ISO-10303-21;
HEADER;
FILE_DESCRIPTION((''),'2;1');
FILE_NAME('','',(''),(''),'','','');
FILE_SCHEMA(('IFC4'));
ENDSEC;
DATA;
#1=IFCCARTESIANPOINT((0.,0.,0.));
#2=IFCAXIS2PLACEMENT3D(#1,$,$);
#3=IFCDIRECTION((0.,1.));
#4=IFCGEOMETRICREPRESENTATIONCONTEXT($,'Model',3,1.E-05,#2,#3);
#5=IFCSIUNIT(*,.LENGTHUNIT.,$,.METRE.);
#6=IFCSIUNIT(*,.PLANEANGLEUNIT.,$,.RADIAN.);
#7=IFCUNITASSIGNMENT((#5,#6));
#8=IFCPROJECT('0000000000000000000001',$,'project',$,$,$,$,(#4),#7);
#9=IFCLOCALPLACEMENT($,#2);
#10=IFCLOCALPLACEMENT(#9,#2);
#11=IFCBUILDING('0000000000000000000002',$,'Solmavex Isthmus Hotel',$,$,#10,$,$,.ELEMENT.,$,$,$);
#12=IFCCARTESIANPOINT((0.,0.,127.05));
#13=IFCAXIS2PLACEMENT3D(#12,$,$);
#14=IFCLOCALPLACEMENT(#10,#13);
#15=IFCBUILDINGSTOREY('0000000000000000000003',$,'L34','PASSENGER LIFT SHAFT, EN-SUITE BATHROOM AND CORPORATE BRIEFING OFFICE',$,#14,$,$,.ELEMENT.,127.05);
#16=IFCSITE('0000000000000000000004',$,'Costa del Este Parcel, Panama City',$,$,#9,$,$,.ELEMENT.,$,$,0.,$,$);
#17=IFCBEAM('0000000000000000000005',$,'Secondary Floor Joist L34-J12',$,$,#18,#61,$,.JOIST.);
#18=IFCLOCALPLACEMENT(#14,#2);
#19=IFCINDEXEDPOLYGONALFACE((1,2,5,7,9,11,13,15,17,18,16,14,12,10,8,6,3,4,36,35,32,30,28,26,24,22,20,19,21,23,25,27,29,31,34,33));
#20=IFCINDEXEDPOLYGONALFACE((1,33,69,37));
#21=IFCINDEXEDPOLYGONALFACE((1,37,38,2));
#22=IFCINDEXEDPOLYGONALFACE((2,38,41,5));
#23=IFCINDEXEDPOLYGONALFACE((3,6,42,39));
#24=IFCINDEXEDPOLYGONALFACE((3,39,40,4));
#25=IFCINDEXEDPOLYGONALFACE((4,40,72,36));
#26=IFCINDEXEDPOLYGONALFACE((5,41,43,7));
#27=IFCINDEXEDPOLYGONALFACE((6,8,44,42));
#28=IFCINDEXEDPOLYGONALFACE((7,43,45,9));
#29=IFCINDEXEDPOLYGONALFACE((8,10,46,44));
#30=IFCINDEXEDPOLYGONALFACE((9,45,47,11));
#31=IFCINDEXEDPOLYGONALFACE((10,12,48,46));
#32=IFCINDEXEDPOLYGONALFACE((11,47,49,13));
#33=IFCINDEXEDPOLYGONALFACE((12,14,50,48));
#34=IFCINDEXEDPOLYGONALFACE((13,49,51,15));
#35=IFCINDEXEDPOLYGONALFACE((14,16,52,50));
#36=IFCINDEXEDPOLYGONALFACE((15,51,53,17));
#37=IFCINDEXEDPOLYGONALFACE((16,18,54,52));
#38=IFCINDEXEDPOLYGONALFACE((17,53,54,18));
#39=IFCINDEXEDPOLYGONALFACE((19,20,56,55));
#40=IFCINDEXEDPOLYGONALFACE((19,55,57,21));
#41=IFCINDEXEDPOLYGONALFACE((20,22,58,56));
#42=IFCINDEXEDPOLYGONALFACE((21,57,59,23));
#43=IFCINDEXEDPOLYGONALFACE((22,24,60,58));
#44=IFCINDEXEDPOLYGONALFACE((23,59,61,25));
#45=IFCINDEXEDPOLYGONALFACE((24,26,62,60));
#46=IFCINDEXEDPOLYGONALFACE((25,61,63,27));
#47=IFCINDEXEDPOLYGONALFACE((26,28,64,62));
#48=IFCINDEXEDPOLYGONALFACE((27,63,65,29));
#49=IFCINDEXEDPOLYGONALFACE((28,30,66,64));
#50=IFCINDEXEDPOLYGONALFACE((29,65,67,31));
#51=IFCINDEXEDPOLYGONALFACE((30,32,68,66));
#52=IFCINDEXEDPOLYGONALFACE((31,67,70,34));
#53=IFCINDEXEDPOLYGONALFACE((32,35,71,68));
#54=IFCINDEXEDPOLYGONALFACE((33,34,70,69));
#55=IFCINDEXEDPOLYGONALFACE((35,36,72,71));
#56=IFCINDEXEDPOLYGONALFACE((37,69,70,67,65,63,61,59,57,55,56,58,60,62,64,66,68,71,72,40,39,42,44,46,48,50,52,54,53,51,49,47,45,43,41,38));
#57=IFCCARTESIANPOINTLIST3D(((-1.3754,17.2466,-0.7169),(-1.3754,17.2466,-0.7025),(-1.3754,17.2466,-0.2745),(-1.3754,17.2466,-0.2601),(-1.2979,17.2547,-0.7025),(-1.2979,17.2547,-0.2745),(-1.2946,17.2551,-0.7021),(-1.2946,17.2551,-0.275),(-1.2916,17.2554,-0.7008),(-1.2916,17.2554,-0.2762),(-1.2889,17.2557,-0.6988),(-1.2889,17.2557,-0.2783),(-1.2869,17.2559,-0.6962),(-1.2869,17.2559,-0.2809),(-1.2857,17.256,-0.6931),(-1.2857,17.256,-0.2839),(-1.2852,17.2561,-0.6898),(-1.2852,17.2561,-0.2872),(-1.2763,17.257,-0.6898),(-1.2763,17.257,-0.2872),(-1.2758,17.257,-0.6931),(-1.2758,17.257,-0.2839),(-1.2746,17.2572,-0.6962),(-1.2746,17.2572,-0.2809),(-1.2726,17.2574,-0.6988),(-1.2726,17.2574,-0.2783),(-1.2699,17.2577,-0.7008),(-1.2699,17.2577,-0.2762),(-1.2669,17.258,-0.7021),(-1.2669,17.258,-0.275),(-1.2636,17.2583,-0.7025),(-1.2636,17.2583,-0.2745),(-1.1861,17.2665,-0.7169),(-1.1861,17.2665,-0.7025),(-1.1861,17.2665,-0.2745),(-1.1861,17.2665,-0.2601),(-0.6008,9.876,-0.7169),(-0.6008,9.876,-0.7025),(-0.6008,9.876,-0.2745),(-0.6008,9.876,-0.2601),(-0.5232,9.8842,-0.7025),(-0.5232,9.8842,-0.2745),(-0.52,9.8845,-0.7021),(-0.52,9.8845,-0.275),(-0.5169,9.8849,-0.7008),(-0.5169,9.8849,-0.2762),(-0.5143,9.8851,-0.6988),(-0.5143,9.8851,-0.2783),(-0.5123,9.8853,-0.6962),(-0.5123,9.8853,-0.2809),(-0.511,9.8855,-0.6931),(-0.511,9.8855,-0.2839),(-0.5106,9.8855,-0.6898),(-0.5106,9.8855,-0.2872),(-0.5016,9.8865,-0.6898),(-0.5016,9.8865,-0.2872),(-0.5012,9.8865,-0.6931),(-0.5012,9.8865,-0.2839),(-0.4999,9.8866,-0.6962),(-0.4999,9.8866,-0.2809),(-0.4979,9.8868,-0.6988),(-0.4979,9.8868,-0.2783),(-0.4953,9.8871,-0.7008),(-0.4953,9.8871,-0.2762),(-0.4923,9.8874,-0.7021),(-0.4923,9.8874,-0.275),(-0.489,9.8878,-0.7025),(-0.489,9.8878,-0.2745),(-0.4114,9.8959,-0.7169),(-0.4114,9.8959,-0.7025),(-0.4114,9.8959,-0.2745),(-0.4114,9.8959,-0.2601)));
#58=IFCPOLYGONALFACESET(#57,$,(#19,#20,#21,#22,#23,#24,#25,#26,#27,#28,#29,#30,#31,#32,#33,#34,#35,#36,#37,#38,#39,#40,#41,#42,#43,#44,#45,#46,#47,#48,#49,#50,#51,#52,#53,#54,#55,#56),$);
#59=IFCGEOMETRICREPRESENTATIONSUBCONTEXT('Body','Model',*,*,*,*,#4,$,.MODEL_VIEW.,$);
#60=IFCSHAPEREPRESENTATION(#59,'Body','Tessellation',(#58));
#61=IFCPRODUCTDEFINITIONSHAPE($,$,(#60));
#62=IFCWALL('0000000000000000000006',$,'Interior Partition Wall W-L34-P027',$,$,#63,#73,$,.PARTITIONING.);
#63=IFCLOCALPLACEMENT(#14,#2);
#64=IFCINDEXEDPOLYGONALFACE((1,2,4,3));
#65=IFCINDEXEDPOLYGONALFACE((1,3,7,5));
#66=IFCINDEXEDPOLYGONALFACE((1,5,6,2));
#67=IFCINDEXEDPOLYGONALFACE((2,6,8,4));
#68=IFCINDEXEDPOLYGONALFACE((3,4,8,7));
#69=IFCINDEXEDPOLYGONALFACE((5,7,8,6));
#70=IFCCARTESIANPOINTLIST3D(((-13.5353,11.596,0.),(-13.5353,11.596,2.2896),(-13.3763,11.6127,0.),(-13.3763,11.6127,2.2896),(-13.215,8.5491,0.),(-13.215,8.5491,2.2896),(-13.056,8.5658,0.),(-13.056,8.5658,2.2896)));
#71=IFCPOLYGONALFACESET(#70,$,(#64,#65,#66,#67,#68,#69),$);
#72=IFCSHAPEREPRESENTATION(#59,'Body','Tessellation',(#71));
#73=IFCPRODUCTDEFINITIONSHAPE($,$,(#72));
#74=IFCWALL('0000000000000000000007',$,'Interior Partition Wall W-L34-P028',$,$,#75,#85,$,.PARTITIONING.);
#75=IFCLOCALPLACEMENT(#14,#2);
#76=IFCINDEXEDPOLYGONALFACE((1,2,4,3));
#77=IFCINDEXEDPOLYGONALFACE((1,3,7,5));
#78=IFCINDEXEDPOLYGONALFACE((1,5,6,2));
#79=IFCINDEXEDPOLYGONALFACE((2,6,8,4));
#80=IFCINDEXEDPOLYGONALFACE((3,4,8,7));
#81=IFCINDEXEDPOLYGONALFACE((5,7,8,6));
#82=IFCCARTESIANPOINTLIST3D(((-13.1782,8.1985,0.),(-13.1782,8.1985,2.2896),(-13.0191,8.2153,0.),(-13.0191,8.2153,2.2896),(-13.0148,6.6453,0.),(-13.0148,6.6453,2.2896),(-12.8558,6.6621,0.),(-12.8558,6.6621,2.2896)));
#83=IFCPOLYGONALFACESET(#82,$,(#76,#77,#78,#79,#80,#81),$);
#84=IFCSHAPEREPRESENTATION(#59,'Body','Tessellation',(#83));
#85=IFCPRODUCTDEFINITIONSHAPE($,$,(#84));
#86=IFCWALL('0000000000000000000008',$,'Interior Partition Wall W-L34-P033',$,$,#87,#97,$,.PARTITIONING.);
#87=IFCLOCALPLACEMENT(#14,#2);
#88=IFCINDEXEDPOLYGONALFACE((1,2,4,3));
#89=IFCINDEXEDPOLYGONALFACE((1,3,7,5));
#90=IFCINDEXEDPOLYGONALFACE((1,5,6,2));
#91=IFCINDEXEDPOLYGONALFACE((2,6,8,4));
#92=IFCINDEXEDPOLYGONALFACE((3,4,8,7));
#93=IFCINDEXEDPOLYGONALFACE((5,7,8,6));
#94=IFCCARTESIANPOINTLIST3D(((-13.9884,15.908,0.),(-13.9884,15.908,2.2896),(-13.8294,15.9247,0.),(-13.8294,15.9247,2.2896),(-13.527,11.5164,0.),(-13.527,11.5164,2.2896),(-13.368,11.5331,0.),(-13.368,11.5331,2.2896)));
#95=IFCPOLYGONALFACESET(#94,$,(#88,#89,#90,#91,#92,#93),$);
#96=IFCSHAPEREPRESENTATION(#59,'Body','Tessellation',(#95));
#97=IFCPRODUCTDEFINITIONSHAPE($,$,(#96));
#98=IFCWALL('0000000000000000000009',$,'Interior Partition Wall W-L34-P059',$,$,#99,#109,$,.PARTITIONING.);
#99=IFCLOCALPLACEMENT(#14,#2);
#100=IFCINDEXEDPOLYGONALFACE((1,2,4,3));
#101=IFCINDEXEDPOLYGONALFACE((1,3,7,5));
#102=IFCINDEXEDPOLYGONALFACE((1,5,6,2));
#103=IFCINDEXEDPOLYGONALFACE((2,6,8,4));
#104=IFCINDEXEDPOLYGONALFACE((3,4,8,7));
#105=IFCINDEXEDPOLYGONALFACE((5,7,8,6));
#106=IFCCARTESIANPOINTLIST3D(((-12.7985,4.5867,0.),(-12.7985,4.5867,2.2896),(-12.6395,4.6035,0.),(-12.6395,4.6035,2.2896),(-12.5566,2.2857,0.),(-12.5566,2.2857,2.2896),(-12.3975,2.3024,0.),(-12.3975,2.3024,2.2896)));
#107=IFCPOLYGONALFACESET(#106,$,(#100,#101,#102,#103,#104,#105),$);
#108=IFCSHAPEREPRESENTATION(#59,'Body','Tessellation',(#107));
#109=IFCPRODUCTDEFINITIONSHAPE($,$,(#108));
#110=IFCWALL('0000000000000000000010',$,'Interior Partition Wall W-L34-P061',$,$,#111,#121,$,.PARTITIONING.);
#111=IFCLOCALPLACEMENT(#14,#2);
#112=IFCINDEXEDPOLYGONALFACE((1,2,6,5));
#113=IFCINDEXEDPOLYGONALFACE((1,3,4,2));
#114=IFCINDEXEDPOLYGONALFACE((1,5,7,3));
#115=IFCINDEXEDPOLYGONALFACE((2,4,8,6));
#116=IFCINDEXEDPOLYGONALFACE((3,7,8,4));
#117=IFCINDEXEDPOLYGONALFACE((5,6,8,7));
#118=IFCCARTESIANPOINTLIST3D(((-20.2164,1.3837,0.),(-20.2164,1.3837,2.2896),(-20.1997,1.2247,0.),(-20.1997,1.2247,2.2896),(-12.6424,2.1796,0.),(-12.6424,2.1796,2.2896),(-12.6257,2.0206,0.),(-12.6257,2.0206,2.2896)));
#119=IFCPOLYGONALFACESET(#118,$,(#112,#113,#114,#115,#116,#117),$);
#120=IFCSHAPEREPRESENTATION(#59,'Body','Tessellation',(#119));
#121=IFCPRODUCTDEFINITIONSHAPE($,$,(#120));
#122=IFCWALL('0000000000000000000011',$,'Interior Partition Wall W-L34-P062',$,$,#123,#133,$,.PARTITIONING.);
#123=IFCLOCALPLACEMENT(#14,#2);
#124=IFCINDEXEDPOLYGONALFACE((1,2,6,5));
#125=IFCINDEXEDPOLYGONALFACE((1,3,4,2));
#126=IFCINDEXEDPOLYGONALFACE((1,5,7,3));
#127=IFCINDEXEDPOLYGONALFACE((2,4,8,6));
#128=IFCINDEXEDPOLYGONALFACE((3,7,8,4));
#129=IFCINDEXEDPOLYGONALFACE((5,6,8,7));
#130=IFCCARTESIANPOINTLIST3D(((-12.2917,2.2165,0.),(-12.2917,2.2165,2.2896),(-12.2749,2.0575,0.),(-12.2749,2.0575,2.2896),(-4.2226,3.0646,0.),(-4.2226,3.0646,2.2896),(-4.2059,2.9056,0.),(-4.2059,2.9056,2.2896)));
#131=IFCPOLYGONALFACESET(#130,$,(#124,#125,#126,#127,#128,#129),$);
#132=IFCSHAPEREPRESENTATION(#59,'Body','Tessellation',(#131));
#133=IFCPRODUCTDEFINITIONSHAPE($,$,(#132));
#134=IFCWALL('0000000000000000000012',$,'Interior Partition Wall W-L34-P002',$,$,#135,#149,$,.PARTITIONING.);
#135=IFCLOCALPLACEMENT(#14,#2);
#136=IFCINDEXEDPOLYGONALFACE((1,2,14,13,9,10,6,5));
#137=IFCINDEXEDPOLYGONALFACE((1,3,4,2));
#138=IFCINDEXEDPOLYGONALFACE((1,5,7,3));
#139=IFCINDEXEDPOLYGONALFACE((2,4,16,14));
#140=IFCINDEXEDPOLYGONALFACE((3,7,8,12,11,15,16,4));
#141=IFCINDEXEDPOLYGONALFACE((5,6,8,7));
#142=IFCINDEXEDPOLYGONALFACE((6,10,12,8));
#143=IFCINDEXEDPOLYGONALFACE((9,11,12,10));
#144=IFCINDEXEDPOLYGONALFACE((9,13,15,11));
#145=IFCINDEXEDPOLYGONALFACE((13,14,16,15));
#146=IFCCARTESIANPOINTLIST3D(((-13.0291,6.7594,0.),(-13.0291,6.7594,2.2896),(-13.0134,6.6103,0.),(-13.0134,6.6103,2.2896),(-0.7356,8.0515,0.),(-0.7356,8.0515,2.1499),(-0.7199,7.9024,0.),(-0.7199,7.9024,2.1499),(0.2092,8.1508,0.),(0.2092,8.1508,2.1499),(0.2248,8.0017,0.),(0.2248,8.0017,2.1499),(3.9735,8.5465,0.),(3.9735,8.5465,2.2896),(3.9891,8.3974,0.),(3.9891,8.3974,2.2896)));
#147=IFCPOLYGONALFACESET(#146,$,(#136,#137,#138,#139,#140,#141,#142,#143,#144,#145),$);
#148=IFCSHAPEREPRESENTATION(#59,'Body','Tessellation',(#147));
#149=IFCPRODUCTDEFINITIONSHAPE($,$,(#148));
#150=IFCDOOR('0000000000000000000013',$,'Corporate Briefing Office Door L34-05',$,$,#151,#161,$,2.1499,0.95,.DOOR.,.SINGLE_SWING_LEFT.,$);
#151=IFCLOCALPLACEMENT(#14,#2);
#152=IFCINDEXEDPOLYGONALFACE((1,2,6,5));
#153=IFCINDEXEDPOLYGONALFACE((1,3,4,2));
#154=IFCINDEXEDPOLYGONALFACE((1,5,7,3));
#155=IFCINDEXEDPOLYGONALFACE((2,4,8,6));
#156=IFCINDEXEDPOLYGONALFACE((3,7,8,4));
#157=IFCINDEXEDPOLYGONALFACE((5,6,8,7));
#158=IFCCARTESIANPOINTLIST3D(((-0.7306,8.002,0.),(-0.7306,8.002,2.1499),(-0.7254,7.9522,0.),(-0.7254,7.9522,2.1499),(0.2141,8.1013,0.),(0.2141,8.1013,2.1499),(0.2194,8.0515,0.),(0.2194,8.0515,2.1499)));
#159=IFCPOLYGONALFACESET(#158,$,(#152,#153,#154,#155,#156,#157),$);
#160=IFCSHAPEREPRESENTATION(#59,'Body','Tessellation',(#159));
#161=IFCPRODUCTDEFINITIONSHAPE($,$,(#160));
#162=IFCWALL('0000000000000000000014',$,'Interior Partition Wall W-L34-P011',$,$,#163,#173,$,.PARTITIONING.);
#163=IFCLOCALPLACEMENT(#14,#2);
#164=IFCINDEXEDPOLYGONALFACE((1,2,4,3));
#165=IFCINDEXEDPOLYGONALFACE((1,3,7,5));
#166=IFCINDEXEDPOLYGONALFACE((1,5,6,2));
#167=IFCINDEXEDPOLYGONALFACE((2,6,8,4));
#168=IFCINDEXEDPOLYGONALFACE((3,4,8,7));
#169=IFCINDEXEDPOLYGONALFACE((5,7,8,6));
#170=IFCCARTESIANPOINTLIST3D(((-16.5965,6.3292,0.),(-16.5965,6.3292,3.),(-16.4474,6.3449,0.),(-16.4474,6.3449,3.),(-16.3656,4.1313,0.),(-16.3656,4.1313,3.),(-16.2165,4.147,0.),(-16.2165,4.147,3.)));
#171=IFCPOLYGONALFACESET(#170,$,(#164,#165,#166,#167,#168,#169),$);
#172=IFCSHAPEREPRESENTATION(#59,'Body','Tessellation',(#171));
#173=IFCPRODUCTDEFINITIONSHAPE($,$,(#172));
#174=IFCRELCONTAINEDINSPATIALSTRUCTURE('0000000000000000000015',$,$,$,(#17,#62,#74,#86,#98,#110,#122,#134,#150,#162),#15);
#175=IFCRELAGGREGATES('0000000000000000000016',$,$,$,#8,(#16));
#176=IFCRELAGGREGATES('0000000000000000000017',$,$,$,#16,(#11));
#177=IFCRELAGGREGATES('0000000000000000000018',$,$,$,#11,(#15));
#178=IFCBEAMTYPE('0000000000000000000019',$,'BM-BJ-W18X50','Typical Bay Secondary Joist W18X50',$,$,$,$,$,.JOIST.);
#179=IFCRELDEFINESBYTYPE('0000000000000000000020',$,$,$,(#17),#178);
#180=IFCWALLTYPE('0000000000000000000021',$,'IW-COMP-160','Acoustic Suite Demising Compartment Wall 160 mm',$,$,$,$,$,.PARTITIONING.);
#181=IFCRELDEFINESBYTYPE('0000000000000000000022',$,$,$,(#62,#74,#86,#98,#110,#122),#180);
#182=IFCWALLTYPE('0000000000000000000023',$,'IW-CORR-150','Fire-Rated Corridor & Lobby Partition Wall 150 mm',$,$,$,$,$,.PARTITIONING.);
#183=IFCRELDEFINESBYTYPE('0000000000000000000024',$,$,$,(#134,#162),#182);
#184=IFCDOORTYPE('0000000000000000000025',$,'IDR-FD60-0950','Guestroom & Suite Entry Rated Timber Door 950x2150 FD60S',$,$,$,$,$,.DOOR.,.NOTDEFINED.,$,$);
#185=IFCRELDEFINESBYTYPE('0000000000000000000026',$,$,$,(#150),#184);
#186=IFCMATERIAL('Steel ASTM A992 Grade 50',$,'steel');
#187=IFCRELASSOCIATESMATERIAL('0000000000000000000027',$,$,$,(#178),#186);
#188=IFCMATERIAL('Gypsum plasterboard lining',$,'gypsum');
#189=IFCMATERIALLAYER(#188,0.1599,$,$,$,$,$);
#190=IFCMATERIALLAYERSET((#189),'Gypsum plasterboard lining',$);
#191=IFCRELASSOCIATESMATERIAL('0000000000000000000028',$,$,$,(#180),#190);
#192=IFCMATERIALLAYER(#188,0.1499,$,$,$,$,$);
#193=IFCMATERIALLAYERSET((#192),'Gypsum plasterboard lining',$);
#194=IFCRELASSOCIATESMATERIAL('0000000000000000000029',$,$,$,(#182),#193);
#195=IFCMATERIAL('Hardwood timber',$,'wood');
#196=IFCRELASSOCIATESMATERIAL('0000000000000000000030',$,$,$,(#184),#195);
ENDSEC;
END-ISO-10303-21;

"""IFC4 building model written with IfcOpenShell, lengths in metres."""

from ifc_helpers import new_model, si_unit, direction, frame, frame_2d, origin, origin_2d, place, context, subcontext, project, spatial, rectangle, i_section, extrude, material, layer, layer_set, material_profile, profile_set, type_object, element, fill, save


model = new_model("IFC4")

# Units and contexts
model_context = context("Model", 3, precision=1e-05, world=origin(), true_north=direction((0.0, 1.0)))
body_context = subcontext(model_context, "Body", "Model", "MODEL_VIEW")
ifc_project = project(units=[si_unit("LENGTHUNIT", "METRE"), si_unit("PLANEANGLEUNIT", "RADIAN")], contexts=[model_context])

# Site, building, storey
site_placement = place(None, origin())
site = spatial("IfcSite", under=ifc_project, at=site_placement, Name="Costa del Este Parcel, Panama City", CompositionType="ELEMENT", RefElevation=0.0)
building_placement = place(site_placement, origin())
building = spatial("IfcBuilding", under=site, at=building_placement, Name="Solmavex Isthmus Hotel", CompositionType="ELEMENT")
storey_placement = place(building_placement, frame((0.0, 0.0, 127.05)))
storey = spatial("IfcBuildingStorey", under=building, at=storey_placement, Name="L34", Description="PASSENGER LIFT SHAFT, EN-SUITE BATHROOM AND CORPORATE BRIEFING OFFICE", CompositionType="ELEMENT", Elevation=127.05)

# Beam
ifc_material_1 = material(Name="Steel ASTM A992 Grade 50", Category="steel")
ifc_material_profile_1 = material_profile(ifc_material_1, i_section(OverallWidth=0.1904, OverallDepth=0.4568, WebThickness=0.009, FlangeThickness=0.0144, FilletRadius=0.0127, at=origin_2d()), Name="W18X50")
ifc_profile_set_1 = profile_set([ifc_material_profile_1], Name="Steel ASTM A992 Grade 50")
beam_type_1 = type_object("IfcBeamType", Name="BM-BJ-W18X50", Description="Typical Bay Secondary Joist W18X50", PredefinedType="JOIST", material=ifc_profile_set_1)
beam_1_placement = place(storey_placement, frame((-0.5061, 9.886, -0.4885), z_axis=(-0.104525, 0.994522, 0.0), x_axis=(-0.994522, -0.104525, 0.0)))
element("IfcBeam", 1, at=beam_1_placement, inside=storey, type_object=beam_type_1, Name="Secondary Floor Joist L34-J12", PredefinedType="JOIST", context=body_context, shape_type="SweptSolid", body=[
    extrude(i_section(OverallWidth=0.1904, OverallDepth=0.4568, WebThickness=0.009, FlangeThickness=0.0144, FilletRadius=0.0127, at=origin_2d()), origin(), (0.0, 0.0, 1.0), 7.4111),
])

# Walls
ifc_material_2 = material(Name="Gypsum plasterboard lining", Category="gypsum")
ifc_layer_1 = layer(ifc_material_2, 0.1599)
ifc_layer_set_1 = layer_set([ifc_layer_1], Name="Gypsum plasterboard lining")
wall_type_1 = type_object("IfcWallType", Name="IW-COMP-160", Description="Acoustic Suite Demising Compartment Wall 160 mm", PredefinedType="PARTITIONING", material=ifc_layer_set_1)
wall_1_placement = place(storey_placement, frame((-13.4558, 11.6042, 0.0), z_axis=(0.0, 0.0, 1.0), x_axis=(0.104552, -0.994519, 0.0)))
element("IfcWall", 2, at=wall_1_placement, inside=storey, type_object=wall_type_1, Name="Interior Partition Wall W-L34-P027", PredefinedType="PARTITIONING", context=body_context, shape_type="SweptSolid", body=[
    extrude(rectangle(XDim=3.0637, YDim=0.1599, at=frame_2d((1.5317, 0.0))), origin(), (0.0, 0.0, 1.0), 2.2896),
])
wall_2_placement = place(storey_placement, frame((-13.0986, 8.2068, 0.0), z_axis=(0.0, 0.0, 1.0), x_axis=(0.104579, -0.994517, 0.0)))
element("IfcWall", 3, at=wall_2_placement, inside=storey, type_object=wall_type_1, Name="Interior Partition Wall W-L34-P028", PredefinedType="PARTITIONING", context=body_context, shape_type="SweptSolid", body=[
    extrude(rectangle(XDim=1.5618, YDim=0.1599, at=frame_2d((0.7808, 0.0))), origin(), (0.0, 0.0, 1.0), 2.2896),
])
wall_3_placement = place(storey_placement, frame((-13.9089, 15.9165, 0.0), z_axis=(0.0, 0.0, 1.0), x_axis=(0.104495, -0.994525, 0.0)))
element("IfcWall", 4, at=wall_3_placement, inside=storey, type_object=wall_type_1, Name="Interior Partition Wall W-L34-P033", PredefinedType="PARTITIONING", context=body_context, shape_type="SweptSolid", body=[
    extrude(rectangle(XDim=4.4158, YDim=0.1599, at=frame_2d((2.208, 0.0))), origin(), (0.0, 0.0, 1.0), 2.2896),
])
wall_4_placement = place(storey_placement, frame((-12.719, 4.595, 0.0), z_axis=(0.0, 0.0, 1.0), x_axis=(0.104569, -0.994518, 0.0)))
element("IfcWall", 5, at=wall_4_placement, inside=storey, type_object=wall_type_1, Name="Interior Partition Wall W-L34-P059", PredefinedType="PARTITIONING", context=body_context, shape_type="SweptSolid", body=[
    extrude(rectangle(XDim=2.3137, YDim=0.1599, at=frame_2d((1.1567, 0.0))), origin(), (0.0, 0.0, 1.0), 2.2896),
])
wall_5_placement = place(storey_placement, frame((-12.634, 2.1001, 0.0), z_axis=(0.0, 0.0, 1.0), x_axis=(-0.994524, -0.104508, 0.0)))
element("IfcWall", 6, at=wall_5_placement, inside=storey, type_object=wall_type_1, Name="Interior Partition Wall W-L34-P061", PredefinedType="PARTITIONING", context=body_context, shape_type="SweptSolid", body=[
    extrude(rectangle(XDim=7.6157, YDim=0.1599, at=frame_2d((3.8079, 0.0))), origin(), (0.0, 0.0, 1.0), 2.2896),
])
wall_6_placement = place(storey_placement, frame((-4.2144, 2.9851, 0.0), z_axis=(0.0, 0.0, 1.0), x_axis=(-0.994521, -0.104534, 0.0)))
element("IfcWall", 7, at=wall_6_placement, inside=storey, type_object=wall_type_1, Name="Interior Partition Wall W-L34-P062", PredefinedType="PARTITIONING", context=body_context, shape_type="SweptSolid", body=[
    extrude(rectangle(XDim=8.1135, YDim=0.1599, at=frame_2d((4.0566, 0.0))), origin(), (0.0, 0.0, 1.0), 2.2896),
])

# Wall, opening, door
ifc_layer_2 = layer(ifc_material_2, 0.1499)
ifc_layer_set_2 = layer_set([ifc_layer_2], Name="Gypsum plasterboard lining")
wall_type_2 = type_object("IfcWallType", Name="IW-CORR-150", Description="Fire-Rated Corridor & Lobby Partition Wall 150 mm", PredefinedType="PARTITIONING", material=ifc_layer_set_2)
wall_7_placement = place(storey_placement, frame((-13.0212, 6.6848, 0.0), z_axis=(0.0, 0.0, 1.0), x_axis=(0.994521, 0.104533, 0.0)))
wall_7 = element("IfcWall", 8, at=wall_7_placement, inside=storey, type_object=wall_type_2, Name="Interior Partition Wall W-L34-P002", PredefinedType="PARTITIONING", context=body_context, shape_type="SweptSolid", body=[
    extrude(rectangle(XDim=17.0962, YDim=0.1499, at=frame_2d((8.5481, 0.0))), origin(), (0.0, 0.0, 1.0), 2.2896),
])
opening_1_placement = place(wall_7_placement, frame((12.3611, 0.0, 0.0)))
opening_1 = element("IfcOpeningElement", 9, at=opening_1_placement, cuts=wall_7, PredefinedType="OPENING", context=body_context, shape_type="SweptSolid", body=[
    extrude(rectangle(XDim=0.95, YDim=2.1499, at=frame_2d((0.4751, 1.075))), frame((0.0, 0.085, 0.0), z_axis=(0.0, -1.0, 0.0), x_axis=(1.0, 0.0, 0.0)), (0.0, 0.0, 1.0), 0.1699),
])
ifc_material_3 = material(Name="Hardwood timber", Category="wood")
door_type = type_object("IfcDoorType", Name="IDR-FD60-0950", Description="Guestroom & Suite Entry Rated Timber Door 950x2150 FD60S", OperationType="NOTDEFINED", PredefinedType="DOOR", material=ifc_material_3)
door_1_placement = place(opening_1_placement, frame((0.95, 0.0, 0.0), z_axis=(0.0, 0.0, 1.0), x_axis=(-1.0, 0.0, 0.0)))
door_1 = element("IfcDoor", 10, at=door_1_placement, inside=storey, type_object=door_type, Name="Corporate Briefing Office Door L34-05", OperationType="SINGLE_SWING_LEFT", OverallHeight=2.1499, OverallWidth=0.95, PredefinedType="DOOR", context=body_context, shape_type="SweptSolid", body=[
    extrude(rectangle(XDim=0.95, YDim=2.1499, at=frame_2d((0.4751, 1.075))), frame((0.0, 0.0249, 0.0), z_axis=(0.0, -1.0, 0.0), x_axis=(1.0, 0.0, 0.0)), (0.0, 0.0, 1.0), 0.05),
])
fill(opening_1, door_1)

# Wall
wall_8_placement = place(storey_placement, frame((-16.291, 4.1392, 0.0), z_axis=(0.0, 0.0, 1.0), x_axis=(-0.104512, 0.994524, 0.0)))
element("IfcWall", 11, at=wall_8_placement, inside=storey, type_object=wall_type_2, Name="Interior Partition Wall W-L34-P011", PredefinedType="PARTITIONING", context=body_context, shape_type="SweptSolid", body=[
    extrude(rectangle(XDim=2.21, YDim=0.1499, at=frame_2d((1.105, 0.0))), origin(), (0.0, 0.0, 1.0), 3.0),
])

save(model, "model.ifc")
